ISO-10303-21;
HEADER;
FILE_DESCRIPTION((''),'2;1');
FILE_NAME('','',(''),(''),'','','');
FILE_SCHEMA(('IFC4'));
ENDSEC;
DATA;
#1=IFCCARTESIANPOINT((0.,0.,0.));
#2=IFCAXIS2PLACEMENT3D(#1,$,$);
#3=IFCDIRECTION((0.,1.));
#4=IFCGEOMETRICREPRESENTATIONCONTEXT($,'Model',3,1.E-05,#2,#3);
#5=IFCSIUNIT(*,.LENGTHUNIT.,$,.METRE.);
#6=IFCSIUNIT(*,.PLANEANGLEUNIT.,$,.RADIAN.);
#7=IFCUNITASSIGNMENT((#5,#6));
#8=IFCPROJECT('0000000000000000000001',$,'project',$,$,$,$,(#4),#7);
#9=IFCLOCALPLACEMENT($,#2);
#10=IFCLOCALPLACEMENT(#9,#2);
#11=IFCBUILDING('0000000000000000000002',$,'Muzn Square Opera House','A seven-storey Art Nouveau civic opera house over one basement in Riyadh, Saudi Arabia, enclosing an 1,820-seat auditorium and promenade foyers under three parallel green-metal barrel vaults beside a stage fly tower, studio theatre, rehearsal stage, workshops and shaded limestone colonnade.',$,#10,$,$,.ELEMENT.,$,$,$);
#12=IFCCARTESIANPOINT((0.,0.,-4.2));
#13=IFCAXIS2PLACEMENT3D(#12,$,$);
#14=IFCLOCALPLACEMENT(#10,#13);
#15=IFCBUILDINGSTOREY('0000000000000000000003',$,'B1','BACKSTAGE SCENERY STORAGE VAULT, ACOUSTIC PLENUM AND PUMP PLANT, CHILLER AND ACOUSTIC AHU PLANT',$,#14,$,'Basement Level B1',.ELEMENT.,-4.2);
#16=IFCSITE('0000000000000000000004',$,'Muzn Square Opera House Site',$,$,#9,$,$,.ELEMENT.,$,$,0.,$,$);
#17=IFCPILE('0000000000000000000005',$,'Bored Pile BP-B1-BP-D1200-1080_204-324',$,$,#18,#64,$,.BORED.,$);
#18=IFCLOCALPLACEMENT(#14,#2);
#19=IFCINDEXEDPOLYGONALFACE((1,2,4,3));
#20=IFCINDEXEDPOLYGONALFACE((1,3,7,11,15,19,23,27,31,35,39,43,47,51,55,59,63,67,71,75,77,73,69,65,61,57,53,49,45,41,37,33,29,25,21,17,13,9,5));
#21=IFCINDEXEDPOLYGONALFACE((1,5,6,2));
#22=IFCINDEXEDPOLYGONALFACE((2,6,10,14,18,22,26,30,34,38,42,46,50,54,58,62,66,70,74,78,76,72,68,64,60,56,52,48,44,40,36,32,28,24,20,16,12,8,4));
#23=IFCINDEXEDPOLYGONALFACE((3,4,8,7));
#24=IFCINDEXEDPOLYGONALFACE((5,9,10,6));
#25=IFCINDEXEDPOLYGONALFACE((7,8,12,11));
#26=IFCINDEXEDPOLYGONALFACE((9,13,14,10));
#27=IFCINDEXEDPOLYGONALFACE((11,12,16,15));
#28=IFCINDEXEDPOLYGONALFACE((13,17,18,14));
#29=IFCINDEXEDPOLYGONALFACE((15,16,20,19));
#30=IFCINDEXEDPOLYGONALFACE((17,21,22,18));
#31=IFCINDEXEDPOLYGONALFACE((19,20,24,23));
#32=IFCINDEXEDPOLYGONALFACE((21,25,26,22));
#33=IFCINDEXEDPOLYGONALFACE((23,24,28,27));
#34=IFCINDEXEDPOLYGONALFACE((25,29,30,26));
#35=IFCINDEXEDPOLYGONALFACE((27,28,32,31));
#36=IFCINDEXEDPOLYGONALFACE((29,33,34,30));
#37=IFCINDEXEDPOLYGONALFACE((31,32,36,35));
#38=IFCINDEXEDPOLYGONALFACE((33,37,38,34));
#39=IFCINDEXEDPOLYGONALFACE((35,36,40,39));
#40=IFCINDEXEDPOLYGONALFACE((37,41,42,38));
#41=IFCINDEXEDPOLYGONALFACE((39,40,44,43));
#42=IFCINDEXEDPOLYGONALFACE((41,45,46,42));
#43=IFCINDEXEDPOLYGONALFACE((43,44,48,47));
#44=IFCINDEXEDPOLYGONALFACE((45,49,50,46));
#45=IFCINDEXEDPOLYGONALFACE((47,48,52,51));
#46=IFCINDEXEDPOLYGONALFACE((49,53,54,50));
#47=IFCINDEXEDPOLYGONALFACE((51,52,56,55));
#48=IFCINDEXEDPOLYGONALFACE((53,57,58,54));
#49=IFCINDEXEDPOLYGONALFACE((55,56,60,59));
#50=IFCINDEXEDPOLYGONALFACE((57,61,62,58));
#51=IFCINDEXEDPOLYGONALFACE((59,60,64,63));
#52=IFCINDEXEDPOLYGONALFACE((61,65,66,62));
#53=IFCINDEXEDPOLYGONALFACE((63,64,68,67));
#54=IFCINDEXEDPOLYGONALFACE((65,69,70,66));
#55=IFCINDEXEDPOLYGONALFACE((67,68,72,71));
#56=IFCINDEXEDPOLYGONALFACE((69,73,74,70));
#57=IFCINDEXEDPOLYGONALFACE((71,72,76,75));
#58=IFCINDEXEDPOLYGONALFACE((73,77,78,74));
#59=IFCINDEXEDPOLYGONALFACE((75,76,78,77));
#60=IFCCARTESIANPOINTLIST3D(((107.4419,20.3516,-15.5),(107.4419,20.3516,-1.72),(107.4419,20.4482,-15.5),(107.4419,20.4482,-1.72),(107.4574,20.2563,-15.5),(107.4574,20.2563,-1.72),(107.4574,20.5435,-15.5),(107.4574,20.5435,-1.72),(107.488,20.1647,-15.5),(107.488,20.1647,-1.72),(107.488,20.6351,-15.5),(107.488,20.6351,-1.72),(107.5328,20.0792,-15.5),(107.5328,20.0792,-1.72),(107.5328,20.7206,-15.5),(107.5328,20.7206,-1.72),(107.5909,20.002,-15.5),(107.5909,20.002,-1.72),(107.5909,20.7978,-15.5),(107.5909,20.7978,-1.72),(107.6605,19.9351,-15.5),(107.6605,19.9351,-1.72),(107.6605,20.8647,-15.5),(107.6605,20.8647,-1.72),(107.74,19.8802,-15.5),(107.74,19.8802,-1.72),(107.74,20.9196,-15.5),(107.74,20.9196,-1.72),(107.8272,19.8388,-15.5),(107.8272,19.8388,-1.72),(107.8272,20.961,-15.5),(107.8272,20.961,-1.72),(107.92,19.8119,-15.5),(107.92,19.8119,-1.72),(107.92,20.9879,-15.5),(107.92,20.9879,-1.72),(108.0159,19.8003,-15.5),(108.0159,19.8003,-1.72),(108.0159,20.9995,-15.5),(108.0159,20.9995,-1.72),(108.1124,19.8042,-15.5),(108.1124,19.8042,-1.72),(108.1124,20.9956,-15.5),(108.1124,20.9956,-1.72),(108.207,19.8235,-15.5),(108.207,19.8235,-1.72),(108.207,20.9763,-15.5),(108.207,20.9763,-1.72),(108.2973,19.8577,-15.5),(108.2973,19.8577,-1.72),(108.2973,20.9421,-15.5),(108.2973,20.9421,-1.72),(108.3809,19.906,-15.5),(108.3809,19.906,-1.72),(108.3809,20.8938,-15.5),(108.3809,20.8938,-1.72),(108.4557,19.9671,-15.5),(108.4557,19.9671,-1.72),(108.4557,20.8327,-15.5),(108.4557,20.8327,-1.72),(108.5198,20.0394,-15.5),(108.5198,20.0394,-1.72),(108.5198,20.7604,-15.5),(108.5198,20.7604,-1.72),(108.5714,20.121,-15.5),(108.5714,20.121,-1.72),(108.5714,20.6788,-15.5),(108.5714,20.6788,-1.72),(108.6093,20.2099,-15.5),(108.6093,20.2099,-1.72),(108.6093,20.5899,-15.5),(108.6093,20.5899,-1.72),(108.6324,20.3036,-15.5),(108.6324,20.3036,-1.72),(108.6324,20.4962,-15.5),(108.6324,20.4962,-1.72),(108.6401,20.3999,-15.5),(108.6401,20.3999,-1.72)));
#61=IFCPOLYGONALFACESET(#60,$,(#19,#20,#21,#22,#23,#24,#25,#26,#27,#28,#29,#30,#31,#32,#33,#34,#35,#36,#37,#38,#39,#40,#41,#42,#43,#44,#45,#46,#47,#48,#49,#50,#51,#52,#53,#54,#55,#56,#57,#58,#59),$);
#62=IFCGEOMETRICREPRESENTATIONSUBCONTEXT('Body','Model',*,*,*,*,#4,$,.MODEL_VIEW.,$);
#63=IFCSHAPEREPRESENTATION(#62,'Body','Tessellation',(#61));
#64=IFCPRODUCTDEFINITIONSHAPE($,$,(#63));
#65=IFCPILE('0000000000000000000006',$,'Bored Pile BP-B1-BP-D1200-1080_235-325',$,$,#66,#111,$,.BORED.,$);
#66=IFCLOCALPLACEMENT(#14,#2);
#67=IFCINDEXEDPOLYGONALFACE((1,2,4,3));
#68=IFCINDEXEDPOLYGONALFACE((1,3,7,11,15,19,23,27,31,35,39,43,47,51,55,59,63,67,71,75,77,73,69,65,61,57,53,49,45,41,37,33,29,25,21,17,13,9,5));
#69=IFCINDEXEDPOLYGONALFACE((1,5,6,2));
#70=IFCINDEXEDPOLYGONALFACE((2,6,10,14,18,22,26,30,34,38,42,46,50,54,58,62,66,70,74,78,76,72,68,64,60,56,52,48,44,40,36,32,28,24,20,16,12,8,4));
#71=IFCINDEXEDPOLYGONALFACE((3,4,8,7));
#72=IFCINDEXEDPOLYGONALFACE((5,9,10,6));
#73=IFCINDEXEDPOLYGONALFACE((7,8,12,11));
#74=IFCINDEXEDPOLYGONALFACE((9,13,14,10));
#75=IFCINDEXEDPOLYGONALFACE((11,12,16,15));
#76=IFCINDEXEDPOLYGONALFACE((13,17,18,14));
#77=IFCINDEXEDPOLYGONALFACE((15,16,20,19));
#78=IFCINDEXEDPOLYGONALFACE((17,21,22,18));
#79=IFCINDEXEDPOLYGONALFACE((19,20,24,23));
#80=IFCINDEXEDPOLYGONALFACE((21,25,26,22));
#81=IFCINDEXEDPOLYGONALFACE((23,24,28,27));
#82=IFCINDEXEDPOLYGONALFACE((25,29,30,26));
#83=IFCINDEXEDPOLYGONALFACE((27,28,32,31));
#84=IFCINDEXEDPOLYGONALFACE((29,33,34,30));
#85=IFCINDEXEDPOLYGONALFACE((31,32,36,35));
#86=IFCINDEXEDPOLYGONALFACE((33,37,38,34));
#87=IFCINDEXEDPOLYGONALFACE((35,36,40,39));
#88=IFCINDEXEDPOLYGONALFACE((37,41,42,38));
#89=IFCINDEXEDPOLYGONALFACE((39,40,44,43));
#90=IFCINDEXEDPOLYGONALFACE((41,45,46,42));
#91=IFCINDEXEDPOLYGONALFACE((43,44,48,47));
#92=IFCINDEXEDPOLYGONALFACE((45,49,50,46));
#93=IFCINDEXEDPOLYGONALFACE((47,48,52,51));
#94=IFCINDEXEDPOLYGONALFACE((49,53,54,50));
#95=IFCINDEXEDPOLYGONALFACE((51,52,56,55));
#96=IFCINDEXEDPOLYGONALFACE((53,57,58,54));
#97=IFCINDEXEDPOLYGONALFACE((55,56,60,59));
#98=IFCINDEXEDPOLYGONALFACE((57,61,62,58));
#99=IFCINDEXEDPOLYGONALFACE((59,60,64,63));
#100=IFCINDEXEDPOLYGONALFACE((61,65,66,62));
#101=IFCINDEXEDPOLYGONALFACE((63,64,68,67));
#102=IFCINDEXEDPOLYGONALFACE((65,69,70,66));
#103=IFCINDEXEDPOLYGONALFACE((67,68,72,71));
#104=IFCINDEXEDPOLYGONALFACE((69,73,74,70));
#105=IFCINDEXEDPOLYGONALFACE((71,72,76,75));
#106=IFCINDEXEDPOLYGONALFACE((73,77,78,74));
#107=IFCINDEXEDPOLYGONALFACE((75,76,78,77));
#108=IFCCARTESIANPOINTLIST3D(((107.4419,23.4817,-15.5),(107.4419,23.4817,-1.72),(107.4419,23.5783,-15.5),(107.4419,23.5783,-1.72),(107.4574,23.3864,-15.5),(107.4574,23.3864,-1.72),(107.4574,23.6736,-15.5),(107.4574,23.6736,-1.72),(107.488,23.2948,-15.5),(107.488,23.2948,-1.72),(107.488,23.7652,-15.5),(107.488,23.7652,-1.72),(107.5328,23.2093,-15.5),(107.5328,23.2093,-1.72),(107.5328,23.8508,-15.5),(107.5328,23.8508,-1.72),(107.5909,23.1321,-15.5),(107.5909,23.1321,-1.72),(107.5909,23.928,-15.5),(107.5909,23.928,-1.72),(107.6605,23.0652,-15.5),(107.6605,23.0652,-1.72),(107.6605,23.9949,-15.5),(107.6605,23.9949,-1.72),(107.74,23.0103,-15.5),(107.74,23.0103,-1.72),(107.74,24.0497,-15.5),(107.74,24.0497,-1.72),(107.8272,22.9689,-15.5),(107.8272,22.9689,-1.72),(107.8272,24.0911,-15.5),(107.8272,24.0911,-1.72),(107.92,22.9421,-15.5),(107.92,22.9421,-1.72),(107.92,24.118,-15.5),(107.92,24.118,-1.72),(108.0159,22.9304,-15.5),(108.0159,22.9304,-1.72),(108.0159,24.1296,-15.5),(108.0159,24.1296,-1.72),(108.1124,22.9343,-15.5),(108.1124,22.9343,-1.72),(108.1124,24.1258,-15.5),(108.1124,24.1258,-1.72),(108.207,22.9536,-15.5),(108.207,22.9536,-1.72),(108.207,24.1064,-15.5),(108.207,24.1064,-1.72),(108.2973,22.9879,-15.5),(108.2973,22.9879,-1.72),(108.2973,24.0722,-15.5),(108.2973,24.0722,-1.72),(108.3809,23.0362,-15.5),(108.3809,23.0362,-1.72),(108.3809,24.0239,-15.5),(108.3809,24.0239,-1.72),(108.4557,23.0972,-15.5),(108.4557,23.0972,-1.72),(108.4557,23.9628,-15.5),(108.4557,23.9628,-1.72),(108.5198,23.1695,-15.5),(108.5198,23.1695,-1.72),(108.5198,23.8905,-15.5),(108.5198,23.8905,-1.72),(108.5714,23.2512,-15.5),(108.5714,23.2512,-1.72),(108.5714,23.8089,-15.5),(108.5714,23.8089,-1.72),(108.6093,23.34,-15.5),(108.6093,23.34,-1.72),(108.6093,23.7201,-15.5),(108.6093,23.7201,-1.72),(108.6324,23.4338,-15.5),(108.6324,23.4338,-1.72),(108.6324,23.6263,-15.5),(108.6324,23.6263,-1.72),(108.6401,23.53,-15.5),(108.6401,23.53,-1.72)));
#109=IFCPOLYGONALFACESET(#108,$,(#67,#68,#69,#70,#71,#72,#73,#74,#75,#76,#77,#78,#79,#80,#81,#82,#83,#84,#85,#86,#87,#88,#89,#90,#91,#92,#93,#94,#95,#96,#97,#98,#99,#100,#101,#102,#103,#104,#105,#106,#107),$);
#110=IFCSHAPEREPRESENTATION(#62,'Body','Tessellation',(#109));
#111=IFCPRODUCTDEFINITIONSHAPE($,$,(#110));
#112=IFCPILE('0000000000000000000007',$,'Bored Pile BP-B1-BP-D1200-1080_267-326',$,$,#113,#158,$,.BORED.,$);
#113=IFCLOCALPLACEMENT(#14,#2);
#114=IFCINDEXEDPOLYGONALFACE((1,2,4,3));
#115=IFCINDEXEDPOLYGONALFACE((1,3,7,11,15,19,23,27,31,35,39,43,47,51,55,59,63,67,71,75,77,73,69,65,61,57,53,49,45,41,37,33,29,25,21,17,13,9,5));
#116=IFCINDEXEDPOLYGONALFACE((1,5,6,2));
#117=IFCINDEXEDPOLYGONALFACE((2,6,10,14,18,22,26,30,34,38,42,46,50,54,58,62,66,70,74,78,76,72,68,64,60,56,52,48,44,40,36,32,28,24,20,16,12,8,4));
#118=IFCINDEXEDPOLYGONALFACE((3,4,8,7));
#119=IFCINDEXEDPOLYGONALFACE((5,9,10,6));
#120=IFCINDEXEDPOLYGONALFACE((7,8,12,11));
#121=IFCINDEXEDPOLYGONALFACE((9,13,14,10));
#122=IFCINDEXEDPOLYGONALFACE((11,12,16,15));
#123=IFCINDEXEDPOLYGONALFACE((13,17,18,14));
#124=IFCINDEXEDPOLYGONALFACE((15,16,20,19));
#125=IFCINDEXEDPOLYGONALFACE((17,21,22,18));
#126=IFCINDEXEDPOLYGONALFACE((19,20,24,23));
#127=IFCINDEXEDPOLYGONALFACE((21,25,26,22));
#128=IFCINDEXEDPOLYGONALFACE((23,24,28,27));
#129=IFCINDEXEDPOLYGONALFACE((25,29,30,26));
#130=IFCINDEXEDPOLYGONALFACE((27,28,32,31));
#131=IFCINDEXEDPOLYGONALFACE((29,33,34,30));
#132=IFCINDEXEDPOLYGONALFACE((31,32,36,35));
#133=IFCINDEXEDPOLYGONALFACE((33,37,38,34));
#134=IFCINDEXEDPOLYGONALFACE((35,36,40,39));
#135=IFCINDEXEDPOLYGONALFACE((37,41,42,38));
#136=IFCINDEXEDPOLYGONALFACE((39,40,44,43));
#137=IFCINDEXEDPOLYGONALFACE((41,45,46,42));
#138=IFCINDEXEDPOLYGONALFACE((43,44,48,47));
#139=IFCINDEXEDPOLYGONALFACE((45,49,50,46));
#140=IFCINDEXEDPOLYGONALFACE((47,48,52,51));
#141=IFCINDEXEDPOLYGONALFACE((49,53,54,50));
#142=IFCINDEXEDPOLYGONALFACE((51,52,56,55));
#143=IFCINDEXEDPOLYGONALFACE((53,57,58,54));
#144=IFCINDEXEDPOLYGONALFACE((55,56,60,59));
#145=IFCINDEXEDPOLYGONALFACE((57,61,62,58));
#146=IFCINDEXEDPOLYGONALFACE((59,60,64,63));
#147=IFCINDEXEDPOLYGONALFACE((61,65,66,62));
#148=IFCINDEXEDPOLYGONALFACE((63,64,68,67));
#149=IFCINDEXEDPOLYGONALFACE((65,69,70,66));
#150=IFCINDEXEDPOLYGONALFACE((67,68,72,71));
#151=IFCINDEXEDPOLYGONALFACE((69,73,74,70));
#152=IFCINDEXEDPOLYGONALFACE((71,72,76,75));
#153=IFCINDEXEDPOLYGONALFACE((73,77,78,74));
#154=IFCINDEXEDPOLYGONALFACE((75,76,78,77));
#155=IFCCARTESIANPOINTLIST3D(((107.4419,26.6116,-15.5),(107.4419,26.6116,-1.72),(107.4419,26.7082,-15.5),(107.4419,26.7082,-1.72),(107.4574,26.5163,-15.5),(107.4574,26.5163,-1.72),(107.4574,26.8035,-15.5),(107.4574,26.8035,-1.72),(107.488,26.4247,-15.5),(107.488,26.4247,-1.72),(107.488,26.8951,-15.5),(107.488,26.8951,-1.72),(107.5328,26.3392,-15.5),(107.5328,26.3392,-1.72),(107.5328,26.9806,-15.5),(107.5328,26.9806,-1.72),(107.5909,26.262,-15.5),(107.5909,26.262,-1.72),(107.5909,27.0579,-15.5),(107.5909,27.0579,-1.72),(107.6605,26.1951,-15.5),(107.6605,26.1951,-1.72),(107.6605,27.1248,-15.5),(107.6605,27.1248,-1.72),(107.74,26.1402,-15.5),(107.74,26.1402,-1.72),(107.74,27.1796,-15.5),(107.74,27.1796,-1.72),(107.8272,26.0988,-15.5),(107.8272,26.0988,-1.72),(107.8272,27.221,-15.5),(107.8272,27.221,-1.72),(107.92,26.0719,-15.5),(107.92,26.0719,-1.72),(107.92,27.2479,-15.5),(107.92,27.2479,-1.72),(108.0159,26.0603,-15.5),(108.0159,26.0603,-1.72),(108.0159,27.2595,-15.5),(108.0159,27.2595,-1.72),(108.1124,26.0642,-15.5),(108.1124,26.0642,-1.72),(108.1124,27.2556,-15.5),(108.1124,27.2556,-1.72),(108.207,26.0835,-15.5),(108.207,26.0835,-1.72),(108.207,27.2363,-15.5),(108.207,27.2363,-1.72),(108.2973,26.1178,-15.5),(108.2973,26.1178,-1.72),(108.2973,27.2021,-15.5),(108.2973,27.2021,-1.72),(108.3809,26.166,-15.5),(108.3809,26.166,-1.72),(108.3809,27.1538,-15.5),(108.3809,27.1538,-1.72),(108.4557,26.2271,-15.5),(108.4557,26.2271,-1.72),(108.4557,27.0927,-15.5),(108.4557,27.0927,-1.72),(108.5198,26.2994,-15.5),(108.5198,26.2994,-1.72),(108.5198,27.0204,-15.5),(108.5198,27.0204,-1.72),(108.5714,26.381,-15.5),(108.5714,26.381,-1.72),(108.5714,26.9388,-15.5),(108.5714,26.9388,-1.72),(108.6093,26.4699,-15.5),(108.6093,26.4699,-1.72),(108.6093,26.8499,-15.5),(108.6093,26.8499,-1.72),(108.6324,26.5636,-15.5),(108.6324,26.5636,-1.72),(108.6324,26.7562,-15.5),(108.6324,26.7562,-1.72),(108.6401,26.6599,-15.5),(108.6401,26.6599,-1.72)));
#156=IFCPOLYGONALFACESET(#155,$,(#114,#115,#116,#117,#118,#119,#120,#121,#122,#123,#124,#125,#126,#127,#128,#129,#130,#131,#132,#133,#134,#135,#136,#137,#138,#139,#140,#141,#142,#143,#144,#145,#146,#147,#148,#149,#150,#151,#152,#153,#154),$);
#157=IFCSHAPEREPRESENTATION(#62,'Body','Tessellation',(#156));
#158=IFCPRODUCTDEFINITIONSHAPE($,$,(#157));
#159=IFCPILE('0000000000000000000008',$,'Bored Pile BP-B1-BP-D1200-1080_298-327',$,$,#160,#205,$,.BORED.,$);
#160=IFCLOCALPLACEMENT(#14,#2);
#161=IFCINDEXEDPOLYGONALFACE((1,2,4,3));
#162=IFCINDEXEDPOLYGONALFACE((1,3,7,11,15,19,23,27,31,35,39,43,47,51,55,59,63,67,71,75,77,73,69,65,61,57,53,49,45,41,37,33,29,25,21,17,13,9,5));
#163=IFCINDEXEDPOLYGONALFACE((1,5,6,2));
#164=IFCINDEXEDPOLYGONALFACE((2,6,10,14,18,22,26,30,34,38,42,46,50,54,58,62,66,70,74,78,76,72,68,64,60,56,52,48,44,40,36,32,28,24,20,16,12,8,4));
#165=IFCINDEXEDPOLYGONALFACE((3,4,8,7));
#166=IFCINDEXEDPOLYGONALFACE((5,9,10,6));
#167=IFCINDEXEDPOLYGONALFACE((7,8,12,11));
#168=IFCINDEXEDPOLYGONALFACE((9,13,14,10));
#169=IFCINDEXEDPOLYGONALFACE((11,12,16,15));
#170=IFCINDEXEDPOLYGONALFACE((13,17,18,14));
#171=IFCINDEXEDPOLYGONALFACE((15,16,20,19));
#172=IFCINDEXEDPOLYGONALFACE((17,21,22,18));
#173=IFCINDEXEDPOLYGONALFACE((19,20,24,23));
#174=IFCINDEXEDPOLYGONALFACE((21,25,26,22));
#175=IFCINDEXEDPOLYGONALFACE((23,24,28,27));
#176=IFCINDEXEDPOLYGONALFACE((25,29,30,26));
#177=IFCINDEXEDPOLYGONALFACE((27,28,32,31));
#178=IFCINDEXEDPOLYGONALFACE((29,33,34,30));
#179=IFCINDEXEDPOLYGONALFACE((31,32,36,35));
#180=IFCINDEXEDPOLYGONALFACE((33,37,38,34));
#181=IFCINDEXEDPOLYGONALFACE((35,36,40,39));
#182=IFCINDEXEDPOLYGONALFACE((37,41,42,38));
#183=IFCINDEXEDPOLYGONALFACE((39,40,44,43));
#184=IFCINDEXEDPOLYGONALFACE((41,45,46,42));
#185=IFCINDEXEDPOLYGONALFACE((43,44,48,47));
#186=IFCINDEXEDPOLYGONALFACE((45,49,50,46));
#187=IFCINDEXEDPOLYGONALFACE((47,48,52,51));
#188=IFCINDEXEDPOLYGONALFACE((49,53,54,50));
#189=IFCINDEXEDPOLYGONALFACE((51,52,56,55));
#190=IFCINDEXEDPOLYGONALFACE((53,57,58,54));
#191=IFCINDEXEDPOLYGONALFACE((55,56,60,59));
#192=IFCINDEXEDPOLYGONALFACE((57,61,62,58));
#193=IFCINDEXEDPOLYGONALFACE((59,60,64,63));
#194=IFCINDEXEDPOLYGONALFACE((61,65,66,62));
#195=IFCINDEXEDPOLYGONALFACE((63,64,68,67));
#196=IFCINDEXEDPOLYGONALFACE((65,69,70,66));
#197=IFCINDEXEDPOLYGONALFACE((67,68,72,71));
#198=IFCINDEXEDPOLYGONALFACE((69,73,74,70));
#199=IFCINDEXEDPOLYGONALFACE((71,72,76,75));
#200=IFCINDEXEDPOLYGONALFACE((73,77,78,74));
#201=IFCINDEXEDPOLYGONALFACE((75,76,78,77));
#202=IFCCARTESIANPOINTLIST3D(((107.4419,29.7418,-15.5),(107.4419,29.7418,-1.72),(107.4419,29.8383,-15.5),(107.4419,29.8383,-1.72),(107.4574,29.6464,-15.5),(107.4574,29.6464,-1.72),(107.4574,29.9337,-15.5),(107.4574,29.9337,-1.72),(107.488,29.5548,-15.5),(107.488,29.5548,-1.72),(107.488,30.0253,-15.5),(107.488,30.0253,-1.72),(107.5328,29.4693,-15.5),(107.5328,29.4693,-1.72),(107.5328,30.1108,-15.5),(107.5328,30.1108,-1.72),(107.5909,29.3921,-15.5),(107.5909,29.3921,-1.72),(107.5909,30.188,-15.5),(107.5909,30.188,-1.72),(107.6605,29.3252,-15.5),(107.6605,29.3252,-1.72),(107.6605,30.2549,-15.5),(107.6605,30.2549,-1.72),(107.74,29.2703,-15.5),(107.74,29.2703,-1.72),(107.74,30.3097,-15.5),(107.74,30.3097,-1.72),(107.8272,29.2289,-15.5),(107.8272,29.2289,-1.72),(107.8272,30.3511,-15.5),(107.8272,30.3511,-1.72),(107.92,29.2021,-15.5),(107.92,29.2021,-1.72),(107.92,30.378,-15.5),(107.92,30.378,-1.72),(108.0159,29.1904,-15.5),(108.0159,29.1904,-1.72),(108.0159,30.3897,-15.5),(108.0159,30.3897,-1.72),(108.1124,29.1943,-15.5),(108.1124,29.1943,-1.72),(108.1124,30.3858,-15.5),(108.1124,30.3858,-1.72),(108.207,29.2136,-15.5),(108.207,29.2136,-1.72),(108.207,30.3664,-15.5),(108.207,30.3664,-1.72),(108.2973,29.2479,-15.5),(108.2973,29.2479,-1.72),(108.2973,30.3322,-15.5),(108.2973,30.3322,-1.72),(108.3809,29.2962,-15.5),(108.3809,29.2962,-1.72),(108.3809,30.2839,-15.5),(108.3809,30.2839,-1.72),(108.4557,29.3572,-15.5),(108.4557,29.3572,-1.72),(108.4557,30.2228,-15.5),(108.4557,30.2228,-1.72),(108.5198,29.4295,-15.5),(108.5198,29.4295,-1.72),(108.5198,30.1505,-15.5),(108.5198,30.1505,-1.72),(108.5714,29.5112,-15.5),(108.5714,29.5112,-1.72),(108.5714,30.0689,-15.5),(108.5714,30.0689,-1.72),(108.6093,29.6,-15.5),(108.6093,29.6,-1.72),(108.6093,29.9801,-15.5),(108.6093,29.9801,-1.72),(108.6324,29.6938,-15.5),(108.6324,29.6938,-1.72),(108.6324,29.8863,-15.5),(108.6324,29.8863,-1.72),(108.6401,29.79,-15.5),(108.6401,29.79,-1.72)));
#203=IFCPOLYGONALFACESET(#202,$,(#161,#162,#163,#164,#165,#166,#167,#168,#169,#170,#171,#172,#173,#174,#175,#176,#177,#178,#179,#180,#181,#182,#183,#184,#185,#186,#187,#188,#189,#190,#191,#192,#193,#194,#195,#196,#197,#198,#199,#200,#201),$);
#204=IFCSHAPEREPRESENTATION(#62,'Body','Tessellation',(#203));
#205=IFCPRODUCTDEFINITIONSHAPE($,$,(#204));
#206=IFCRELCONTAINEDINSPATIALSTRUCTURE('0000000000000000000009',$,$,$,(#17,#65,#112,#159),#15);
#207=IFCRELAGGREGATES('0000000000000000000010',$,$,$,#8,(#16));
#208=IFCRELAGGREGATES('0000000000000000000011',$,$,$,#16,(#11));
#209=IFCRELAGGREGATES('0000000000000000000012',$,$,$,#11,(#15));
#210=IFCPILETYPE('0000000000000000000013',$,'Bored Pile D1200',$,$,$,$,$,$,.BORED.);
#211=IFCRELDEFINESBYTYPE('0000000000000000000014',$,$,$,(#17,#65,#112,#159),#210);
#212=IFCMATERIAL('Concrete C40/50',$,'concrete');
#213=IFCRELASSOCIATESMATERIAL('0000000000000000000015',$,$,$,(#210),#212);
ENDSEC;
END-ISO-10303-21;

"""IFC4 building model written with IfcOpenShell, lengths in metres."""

from ifc_helpers import new_model, si_unit, direction, frame, origin, origin_2d, place, context, subcontext, project, spatial, circle, extrude, material, material_profile, profile_set, type_object, element, save


model = new_model("IFC4")

# Units and contexts
model_context = context("Model", 3, precision=1e-05, world=origin(), true_north=direction((0.0, 1.0)))
body_context = subcontext(model_context, "Body", "Model", "MODEL_VIEW")
ifc_project = project(units=[si_unit("LENGTHUNIT", "METRE"), si_unit("PLANEANGLEUNIT", "RADIAN")], contexts=[model_context])

# Site, building, storey
site_placement = place(None, origin())
site = spatial("IfcSite", under=ifc_project, at=site_placement, Name="Muzn Square Opera House Site", CompositionType="ELEMENT", RefElevation=0.0)
building_placement = place(site_placement, origin())
building = spatial("IfcBuilding", under=site, at=building_placement, Name="Muzn Square Opera House", Description="A seven-storey Art Nouveau civic opera house over one basement in Riyadh, Saudi Arabia, enclosing an 1,820-seat auditorium and promenade foyers under three parallel green-metal barrel vaults beside a stage fly tower, studio theatre, rehearsal stage, workshops and shaded limestone colonnade.", CompositionType="ELEMENT")
storey_placement = place(building_placement, frame((0.0, 0.0, -4.2)))
storey = spatial("IfcBuildingStorey", under=building, at=storey_placement, Name="B1", Description="BACKSTAGE SCENERY STORAGE VAULT, ACOUSTIC PLENUM AND PUMP PLANT, CHILLER AND ACOUSTIC AHU PLANT", LongName="Basement Level B1", CompositionType="ELEMENT", Elevation=-4.2)

# Piles
ifc_material_1 = material(Name="Concrete C40/50", Category="concrete")
ifc_material_profile_1 = material_profile(ifc_material_1, circle(Radius=0.6001, at=origin_2d()), Name="BORED PILE D1200", Category="concrete")
ifc_profile_set_1 = profile_set([ifc_material_profile_1], Name="Concrete C40/50")
pile_type = type_object("IfcPileType", Name="Bored Pile D1200", PredefinedType="BORED", material=ifc_profile_set_1)
for number, where, z_axis, x_axis, name in (
    (1, (108.04, 20.3999, -1.72), (0.0, 0.0, -1.0), (1.0, 0.0, 0.0), "Bored Pile BP-B1-BP-D1200-1080_204-324"),
    (2, (108.04, 23.53, -1.72), (0.0, 0.0, -1.0), (1.0, 0.0, 0.0), "Bored Pile BP-B1-BP-D1200-1080_235-325"),
    (3, (108.04, 26.6599, -1.72), (0.0, 0.0, -1.0), (1.0, 0.0, 0.0), "Bored Pile BP-B1-BP-D1200-1080_267-326"),
    (4, (108.04, 29.79, -1.72), (0.0, 0.0, -1.0), (1.0, 0.0, 0.0), "Bored Pile BP-B1-BP-D1200-1080_298-327"),
):
    element("IfcPile", number, at=place(storey_placement, frame(where, z_axis=z_axis, x_axis=x_axis)), inside=storey, type_object=pile_type, Name=name, PredefinedType="BORED", context=body_context, shape_type="SweptSolid", body=[
        extrude(circle(Radius=0.6001, at=origin_2d()), origin(), (0.0, 0.0, 1.0), 13.78),
    ])

save(model, "model.ifc")
